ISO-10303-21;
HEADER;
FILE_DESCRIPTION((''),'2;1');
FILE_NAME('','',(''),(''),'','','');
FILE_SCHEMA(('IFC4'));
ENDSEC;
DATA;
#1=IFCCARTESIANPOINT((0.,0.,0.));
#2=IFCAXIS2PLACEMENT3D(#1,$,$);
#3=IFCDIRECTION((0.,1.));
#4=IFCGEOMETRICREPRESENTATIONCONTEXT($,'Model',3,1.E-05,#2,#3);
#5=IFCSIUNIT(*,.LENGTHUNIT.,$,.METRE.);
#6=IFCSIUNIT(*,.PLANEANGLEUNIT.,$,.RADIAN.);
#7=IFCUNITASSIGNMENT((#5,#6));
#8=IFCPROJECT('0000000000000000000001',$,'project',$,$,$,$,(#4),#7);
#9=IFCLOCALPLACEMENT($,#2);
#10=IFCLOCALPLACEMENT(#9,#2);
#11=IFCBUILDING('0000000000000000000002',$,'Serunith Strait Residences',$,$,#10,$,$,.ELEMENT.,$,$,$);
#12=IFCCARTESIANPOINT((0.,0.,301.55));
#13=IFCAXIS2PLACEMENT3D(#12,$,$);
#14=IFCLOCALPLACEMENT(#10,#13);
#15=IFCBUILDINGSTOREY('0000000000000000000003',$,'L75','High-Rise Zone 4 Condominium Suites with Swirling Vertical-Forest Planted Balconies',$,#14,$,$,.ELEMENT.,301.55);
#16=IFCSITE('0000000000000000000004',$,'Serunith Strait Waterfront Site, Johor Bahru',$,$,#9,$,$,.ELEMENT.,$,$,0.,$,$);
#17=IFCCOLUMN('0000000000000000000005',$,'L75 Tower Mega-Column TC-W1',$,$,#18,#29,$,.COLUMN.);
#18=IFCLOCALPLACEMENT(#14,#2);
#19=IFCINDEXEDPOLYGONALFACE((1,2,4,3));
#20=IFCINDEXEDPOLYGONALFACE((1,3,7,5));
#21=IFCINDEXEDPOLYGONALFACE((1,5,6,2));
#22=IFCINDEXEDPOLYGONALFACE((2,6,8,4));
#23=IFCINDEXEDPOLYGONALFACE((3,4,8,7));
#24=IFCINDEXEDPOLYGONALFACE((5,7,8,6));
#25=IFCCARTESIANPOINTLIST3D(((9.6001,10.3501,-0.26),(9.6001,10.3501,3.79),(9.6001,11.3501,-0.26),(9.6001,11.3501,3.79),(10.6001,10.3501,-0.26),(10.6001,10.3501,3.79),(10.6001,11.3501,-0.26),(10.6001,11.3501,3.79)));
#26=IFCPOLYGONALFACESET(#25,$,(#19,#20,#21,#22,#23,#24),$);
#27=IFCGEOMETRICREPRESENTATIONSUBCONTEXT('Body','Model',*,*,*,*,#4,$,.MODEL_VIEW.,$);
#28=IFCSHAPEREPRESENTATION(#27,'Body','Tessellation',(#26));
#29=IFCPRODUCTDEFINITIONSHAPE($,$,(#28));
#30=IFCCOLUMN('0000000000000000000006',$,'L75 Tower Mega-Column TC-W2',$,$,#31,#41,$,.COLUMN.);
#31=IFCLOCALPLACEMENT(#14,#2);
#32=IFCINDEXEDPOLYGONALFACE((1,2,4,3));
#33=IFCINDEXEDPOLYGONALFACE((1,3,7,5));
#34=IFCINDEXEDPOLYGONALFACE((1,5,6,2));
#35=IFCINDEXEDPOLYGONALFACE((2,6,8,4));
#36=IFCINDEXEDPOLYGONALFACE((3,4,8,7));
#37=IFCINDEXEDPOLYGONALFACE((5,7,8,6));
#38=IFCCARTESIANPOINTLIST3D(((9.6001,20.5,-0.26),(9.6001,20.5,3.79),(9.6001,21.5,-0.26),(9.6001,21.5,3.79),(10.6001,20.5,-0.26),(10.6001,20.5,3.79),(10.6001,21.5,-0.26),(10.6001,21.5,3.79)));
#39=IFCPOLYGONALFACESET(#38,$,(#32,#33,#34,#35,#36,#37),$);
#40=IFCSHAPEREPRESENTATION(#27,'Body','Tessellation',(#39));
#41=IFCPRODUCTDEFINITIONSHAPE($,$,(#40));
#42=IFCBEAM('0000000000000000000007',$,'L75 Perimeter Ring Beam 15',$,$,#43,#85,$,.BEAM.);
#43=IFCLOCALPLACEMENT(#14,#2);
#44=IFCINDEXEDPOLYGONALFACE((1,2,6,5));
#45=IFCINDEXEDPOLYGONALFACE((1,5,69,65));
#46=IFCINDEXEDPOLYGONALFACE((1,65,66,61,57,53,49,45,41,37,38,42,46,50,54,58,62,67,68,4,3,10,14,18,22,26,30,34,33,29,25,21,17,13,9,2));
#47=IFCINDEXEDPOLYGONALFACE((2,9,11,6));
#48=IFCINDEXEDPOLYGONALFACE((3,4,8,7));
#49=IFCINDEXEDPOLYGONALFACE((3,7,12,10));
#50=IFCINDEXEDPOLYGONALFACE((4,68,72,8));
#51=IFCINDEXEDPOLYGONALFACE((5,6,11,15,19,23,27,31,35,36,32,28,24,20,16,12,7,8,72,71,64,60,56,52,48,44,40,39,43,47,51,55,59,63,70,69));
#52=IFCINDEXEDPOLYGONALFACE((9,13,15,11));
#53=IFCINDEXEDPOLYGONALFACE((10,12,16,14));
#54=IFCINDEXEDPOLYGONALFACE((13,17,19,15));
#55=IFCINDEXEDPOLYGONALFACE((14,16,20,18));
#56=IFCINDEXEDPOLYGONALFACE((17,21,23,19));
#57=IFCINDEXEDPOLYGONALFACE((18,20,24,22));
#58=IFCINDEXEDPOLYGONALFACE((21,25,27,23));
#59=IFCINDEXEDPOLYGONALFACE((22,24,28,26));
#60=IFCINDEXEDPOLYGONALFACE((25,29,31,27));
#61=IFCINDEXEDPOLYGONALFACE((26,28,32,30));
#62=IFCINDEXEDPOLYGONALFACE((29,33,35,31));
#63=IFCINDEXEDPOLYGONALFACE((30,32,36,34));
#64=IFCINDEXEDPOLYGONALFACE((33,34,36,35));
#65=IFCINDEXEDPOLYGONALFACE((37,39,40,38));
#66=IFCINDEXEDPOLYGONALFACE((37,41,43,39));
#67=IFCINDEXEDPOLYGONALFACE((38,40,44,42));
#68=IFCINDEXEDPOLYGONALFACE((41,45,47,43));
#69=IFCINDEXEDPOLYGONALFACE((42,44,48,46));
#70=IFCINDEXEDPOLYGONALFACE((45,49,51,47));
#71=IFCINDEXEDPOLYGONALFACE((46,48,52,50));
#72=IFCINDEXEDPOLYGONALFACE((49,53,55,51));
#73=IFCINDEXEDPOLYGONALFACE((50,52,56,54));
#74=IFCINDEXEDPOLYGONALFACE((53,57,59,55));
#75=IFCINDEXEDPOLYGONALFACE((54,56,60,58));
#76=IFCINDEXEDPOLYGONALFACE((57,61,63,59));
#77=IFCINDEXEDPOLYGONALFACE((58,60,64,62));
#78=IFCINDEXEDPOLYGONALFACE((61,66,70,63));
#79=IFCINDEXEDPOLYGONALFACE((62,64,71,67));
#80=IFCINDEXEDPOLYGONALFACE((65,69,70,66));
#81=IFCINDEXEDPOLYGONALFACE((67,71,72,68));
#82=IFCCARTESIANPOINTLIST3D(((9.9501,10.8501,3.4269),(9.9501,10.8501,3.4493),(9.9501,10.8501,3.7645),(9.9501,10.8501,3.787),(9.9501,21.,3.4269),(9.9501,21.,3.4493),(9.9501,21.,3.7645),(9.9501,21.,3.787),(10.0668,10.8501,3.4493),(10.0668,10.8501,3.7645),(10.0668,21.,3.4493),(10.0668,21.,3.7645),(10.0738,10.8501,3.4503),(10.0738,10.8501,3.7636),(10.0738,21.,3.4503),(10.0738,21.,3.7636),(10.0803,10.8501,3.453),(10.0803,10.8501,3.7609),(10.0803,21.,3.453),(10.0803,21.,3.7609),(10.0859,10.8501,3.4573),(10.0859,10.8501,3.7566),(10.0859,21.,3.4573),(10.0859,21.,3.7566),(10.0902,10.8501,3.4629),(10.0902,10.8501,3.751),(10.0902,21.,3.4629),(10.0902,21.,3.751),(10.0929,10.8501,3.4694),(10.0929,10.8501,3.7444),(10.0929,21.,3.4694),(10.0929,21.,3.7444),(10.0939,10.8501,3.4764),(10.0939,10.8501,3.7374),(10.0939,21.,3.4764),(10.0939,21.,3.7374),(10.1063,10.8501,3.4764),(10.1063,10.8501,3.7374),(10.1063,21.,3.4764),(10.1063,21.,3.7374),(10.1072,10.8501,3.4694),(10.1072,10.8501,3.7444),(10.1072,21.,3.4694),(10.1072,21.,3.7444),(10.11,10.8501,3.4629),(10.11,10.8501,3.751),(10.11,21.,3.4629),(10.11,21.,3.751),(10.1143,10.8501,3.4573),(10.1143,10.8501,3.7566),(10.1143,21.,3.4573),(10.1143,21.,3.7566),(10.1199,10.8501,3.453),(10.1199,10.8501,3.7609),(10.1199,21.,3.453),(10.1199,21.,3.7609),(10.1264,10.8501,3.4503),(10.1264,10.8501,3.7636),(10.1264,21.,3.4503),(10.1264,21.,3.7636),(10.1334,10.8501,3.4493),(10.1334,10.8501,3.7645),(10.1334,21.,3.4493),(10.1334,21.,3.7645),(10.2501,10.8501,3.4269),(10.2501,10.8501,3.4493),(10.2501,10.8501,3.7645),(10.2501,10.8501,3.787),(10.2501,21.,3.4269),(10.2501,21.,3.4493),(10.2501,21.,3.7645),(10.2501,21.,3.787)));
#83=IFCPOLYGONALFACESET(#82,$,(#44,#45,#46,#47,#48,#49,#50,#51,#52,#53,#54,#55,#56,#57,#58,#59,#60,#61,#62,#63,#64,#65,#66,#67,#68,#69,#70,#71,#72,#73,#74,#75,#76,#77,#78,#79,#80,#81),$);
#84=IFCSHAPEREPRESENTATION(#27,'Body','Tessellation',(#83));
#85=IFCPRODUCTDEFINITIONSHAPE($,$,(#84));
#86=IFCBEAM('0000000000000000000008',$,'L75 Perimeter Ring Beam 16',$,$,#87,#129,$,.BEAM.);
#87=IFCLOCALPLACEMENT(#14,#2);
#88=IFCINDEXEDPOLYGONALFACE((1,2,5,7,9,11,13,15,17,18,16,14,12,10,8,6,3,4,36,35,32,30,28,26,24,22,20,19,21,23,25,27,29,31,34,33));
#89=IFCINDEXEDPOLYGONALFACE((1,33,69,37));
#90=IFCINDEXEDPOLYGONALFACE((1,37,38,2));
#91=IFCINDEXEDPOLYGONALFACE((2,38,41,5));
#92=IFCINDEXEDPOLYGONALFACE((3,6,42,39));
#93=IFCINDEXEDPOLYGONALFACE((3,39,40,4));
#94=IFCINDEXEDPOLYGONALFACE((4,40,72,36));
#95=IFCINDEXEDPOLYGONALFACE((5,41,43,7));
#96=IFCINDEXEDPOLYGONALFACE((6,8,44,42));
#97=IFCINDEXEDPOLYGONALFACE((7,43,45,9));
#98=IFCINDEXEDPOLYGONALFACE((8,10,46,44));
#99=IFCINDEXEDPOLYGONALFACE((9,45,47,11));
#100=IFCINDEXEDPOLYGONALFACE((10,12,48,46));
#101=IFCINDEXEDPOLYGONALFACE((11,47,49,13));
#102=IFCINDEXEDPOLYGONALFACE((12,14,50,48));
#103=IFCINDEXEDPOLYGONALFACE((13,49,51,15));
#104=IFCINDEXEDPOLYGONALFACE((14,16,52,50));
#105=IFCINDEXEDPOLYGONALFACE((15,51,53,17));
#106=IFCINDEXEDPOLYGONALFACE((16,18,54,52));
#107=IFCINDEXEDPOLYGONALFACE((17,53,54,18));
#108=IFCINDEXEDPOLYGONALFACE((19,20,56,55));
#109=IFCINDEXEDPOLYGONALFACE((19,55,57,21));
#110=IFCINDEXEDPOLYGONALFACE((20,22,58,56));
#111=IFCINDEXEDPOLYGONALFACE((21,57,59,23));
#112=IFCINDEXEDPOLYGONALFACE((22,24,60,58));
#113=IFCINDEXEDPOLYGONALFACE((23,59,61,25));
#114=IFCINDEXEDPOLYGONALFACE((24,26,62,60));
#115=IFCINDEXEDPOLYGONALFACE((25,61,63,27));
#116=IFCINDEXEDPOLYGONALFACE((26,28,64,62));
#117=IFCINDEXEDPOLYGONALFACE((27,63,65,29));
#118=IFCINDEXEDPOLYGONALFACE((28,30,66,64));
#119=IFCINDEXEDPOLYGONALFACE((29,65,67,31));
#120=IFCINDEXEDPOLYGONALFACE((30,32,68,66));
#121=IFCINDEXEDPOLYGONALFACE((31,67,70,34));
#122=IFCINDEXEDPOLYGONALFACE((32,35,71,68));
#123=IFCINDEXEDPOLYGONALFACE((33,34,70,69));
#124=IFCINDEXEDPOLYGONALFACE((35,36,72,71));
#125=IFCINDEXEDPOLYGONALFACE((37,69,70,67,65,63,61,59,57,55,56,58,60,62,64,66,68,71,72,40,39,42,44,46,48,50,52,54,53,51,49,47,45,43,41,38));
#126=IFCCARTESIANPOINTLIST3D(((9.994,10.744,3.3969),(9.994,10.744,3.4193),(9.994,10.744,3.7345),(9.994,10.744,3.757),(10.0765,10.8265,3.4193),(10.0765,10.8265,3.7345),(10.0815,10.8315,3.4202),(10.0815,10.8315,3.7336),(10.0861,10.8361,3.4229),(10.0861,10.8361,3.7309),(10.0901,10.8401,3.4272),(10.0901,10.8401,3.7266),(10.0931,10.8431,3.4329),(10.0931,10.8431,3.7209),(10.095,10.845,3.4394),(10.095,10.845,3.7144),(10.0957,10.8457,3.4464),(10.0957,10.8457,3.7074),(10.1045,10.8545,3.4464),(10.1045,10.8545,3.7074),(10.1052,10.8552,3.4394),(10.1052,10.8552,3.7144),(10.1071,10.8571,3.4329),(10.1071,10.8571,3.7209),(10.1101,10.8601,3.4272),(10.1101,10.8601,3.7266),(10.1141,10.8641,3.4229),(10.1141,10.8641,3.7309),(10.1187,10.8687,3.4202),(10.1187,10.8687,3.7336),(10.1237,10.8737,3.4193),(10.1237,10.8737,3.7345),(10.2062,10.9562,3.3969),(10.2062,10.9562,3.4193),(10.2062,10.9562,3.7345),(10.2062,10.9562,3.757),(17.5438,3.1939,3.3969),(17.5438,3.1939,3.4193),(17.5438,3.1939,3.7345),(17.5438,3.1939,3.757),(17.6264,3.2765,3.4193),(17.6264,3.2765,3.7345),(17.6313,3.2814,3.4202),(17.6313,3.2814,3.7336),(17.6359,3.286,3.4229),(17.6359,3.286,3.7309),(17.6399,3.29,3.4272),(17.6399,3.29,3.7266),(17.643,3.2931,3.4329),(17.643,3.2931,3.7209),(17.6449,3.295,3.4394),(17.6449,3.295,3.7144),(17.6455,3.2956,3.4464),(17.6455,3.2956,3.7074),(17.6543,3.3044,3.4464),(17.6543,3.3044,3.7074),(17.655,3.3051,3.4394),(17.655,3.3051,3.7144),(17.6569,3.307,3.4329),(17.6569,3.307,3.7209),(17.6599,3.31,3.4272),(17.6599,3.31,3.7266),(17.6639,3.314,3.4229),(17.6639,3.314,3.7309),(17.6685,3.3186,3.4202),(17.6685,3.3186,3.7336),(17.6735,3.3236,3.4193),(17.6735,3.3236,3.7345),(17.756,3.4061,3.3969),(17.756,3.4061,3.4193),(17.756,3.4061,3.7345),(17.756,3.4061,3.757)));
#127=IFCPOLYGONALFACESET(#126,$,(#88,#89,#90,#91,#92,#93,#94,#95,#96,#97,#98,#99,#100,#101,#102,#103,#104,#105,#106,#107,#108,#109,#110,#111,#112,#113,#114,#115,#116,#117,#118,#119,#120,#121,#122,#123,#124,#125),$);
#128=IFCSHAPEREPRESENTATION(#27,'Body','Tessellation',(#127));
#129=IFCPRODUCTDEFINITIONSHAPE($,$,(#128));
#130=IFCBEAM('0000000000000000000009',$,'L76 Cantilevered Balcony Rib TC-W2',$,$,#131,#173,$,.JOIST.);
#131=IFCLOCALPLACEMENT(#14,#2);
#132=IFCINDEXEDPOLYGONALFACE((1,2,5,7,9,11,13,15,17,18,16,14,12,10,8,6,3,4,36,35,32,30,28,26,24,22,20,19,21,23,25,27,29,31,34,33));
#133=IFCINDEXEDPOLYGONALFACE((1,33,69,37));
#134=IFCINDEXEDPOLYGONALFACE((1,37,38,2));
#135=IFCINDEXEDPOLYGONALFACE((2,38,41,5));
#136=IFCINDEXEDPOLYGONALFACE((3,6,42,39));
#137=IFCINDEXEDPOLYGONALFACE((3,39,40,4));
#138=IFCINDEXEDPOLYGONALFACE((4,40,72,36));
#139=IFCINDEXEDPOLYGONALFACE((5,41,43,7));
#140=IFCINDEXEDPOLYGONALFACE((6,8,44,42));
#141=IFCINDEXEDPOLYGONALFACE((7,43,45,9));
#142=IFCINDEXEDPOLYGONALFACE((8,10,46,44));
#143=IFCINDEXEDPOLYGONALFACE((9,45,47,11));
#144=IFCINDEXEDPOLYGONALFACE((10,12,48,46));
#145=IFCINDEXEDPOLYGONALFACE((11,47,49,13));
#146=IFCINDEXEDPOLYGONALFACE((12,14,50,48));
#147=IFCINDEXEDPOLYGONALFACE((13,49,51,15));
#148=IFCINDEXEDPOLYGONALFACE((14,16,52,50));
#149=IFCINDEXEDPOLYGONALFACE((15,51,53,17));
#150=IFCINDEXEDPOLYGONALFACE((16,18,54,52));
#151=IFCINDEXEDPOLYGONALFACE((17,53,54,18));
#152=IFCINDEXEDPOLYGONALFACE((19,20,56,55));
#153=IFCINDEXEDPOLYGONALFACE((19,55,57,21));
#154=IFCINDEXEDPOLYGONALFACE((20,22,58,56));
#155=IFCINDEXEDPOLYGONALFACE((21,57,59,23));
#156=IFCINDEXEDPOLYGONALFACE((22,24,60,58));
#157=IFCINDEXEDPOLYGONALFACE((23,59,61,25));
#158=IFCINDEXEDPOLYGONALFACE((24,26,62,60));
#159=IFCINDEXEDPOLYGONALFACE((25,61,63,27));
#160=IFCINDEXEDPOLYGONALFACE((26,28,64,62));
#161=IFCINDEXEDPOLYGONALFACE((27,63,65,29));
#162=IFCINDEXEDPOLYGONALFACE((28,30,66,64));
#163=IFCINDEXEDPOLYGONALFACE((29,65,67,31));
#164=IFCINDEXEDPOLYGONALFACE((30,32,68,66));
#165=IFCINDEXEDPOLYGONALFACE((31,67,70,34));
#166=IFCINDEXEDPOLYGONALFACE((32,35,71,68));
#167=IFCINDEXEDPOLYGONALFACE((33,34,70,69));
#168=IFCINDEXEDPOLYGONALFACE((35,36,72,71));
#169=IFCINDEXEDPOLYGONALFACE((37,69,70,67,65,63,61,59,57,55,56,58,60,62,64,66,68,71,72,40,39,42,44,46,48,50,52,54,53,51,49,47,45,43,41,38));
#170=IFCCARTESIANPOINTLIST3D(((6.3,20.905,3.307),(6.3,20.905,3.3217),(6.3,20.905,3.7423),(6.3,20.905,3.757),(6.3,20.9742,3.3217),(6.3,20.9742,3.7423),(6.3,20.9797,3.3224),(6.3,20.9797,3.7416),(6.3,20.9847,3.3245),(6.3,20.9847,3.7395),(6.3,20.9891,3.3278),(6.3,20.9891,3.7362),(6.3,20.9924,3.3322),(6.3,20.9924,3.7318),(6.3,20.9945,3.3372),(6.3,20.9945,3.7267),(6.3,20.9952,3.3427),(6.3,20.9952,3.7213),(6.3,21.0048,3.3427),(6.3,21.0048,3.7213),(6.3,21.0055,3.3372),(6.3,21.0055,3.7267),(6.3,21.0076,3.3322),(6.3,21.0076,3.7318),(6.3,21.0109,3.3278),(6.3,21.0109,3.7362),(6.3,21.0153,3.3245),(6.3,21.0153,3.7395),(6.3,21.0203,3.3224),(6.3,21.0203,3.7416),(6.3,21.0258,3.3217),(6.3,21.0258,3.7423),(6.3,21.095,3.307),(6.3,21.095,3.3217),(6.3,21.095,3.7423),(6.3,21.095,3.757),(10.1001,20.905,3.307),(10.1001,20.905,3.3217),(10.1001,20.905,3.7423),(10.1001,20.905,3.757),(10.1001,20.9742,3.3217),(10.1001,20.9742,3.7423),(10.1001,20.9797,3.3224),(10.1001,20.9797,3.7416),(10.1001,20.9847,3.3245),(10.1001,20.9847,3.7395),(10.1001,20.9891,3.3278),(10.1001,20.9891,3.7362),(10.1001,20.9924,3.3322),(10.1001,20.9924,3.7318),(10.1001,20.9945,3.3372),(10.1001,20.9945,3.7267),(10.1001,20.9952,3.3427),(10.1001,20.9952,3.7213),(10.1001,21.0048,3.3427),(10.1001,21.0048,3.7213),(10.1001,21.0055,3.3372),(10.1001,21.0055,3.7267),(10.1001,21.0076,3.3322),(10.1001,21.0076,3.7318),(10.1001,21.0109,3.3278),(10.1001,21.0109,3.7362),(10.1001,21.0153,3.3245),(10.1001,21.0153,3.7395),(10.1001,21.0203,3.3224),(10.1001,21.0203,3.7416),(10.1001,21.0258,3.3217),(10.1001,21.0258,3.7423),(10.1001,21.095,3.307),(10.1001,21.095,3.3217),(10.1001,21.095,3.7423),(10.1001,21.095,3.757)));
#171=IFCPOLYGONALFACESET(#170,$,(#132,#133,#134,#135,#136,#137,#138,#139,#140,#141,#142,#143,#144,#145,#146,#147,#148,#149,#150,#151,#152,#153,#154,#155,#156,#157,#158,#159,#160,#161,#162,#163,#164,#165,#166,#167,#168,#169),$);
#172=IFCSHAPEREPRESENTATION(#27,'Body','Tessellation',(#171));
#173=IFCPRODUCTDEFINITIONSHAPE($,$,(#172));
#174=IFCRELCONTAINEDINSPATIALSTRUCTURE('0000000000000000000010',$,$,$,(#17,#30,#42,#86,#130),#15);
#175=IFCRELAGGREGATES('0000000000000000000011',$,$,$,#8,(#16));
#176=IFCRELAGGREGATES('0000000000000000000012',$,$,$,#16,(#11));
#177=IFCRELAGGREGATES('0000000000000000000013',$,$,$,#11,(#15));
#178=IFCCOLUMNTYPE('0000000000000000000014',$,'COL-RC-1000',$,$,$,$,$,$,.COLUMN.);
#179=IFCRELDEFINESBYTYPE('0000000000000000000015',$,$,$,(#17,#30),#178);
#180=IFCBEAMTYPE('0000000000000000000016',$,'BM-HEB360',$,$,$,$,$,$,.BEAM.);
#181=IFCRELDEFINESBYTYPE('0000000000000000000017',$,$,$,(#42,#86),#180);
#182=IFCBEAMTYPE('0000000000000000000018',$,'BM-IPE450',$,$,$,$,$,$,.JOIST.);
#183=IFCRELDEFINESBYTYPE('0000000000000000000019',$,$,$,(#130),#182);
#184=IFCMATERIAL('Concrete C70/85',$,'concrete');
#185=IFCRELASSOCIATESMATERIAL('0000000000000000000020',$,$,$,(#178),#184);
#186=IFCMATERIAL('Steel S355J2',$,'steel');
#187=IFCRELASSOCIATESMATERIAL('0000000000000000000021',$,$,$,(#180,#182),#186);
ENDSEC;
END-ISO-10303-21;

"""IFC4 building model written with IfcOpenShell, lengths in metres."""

from ifc_helpers import new_model, si_unit, direction, frame, origin, origin_2d, place, context, subcontext, project, spatial, rectangle, i_section, extrude, source, transform, mapped, material, material_profile, profile_set, type_object, element, save


model = new_model("IFC4")

# Units and contexts
model_context = context("Model", 3, precision=1e-05, world=origin(), true_north=direction((0.0, 1.0)))
body_context = subcontext(model_context, "Body", "Model", "MODEL_VIEW")
ifc_project = project(units=[si_unit("LENGTHUNIT", "METRE"), si_unit("PLANEANGLEUNIT", "RADIAN")], contexts=[model_context])

# Site, building, storey
site_placement = place(None, origin())
site = spatial("IfcSite", under=ifc_project, at=site_placement, Name="Serunith Strait Waterfront Site, Johor Bahru", CompositionType="ELEMENT", RefElevation=0.0)
building_placement = place(site_placement, origin())
building = spatial("IfcBuilding", under=site, at=building_placement, Name="Serunith Strait Residences", CompositionType="ELEMENT")
storey_placement = place(building_placement, frame((0.0, 0.0, 301.55)))
storey = spatial("IfcBuildingStorey", under=building, at=storey_placement, Name="L75", Description="High-Rise Zone 4 Condominium Suites with Swirling Vertical-Forest Planted Balconies", CompositionType="ELEMENT", Elevation=301.55)

# Columns
ifc_material_1 = material(Name="Concrete C70/85", Category="concrete")
ifc_material_profile_1 = material_profile(ifc_material_1, rectangle(XDim=1.0, YDim=1.0, at=origin_2d()), Name="RC 1000x1000")
ifc_profile_set_1 = profile_set([ifc_material_profile_1], Name="Concrete C70/85")
column_type = type_object("IfcColumnType", Name="COL-RC-1000", PredefinedType="COLUMN", material=ifc_profile_set_1)
shared_shape_1 = source(origin(), body_context, "Body", "SweptSolid", [
    extrude(rectangle(XDim=1.0, YDim=1.0, at=origin_2d()), origin(), (0.0, 0.0, 1.0), 4.05),
])
for number, where, z_axis, x_axis, name in (
    (1, (10.1001, 10.8501, -0.26), (0.0, 0.0, 1.0), (1.0, 0.0, 0.0), "L75 Tower Mega-Column TC-W1"),
    (2, (10.1001, 21.0, -0.26), (0.0, 0.0, 1.0), (1.0, 0.0, 0.0), "L75 Tower Mega-Column TC-W2"),
):
    element("IfcColumn", number, at=place(storey_placement, frame(where, z_axis=z_axis, x_axis=x_axis)), inside=storey, type_object=column_type, Name=name, PredefinedType="COLUMN", context=body_context, shape_type="MappedRepresentation", body=[
        mapped(shared_shape_1, transform((0.0, 0.0, 0.0), scale=1.0)),
    ])

# Beams
ifc_material_2 = material(Name="Steel S355J2", Category="steel")
ifc_material_profile_2 = material_profile(ifc_material_2, i_section(OverallWidth=0.3, OverallDepth=0.3601, WebThickness=0.0125, FlangeThickness=0.0225, FilletRadius=0.0271, at=origin_2d()), Name="HEB 360")
ifc_profile_set_2 = profile_set([ifc_material_profile_2], Name="Steel S355J2")
beam_type_1 = type_object("IfcBeamType", Name="BM-HEB360", PredefinedType="BEAM", material=ifc_profile_set_2)
shared_shape_2 = source(origin(), body_context, "Body", "SweptSolid", [
    extrude(i_section(OverallWidth=0.3, OverallDepth=0.3601, WebThickness=0.0125, FlangeThickness=0.0225, FilletRadius=0.0271, at=origin_2d()), origin(), (0.0, 0.0, 1.0), 10.1499),
])
beam_1_placement = place(storey_placement, frame((10.1001, 21.0, 3.6069), z_axis=(0.0, -1.0, 0.0), x_axis=(1.0, 0.0, 0.0)))
element("IfcBeam", 3, at=beam_1_placement, inside=storey, type_object=beam_type_1, Name="L75 Perimeter Ring Beam 15", PredefinedType="BEAM", context=body_context, shape_type="MappedRepresentation", body=[
    mapped(shared_shape_2, transform((0.0, 0.0, 0.0), scale=1.0)),
])
shared_shape_3 = source(origin(), body_context, "Body", "SweptSolid", [
    extrude(i_section(OverallWidth=0.3, OverallDepth=0.3601, WebThickness=0.0125, FlangeThickness=0.0225, FilletRadius=0.0271, at=origin_2d()), origin(), (0.0, 0.0, 1.0), 10.6772),
])
beam_2_placement = place(storey_placement, frame((10.1001, 10.8501, 3.5769), z_axis=(0.707095, -0.707118, 0.0), x_axis=(0.707118, 0.707095, 0.0)))
element("IfcBeam", 4, at=beam_2_placement, inside=storey, type_object=beam_type_1, Name="L75 Perimeter Ring Beam 16", PredefinedType="BEAM", context=body_context, shape_type="MappedRepresentation", body=[
    mapped(shared_shape_3, transform((0.0, 0.0, 0.0), scale=1.0)),
])
ifc_material_profile_3 = material_profile(ifc_material_2, i_section(OverallWidth=0.1899, OverallDepth=0.45, WebThickness=0.0095, FlangeThickness=0.0146, FilletRadius=0.021, at=origin_2d()), Name="IPE 450")
ifc_profile_set_3 = profile_set([ifc_material_profile_3], Name="Steel S355J2")
beam_type_2 = type_object("IfcBeamType", Name="BM-IPE450", PredefinedType="JOIST", material=ifc_profile_set_3)
shared_shape_4 = source(origin(), body_context, "Body", "SweptSolid", [
    extrude(i_section(OverallWidth=0.1899, OverallDepth=0.45, WebThickness=0.0095, FlangeThickness=0.0146, FilletRadius=0.021, at=origin_2d()), origin(), (0.0, 0.0, 1.0), 3.8),
])
beam_3_placement = place(storey_placement, frame((10.1001, 21.0, 3.532), z_axis=(-1.0, 0.0, 0.0), x_axis=(0.0, -1.0, 0.0)))
element("IfcBeam", 5, at=beam_3_placement, inside=storey, type_object=beam_type_2, Name="L76 Cantilevered Balcony Rib TC-W2", PredefinedType="JOIST", context=body_context, shape_type="MappedRepresentation", body=[
    mapped(shared_shape_4, transform((0.0, 0.0, 0.0), scale=1.0)),
])

save(model, "model.ifc")
